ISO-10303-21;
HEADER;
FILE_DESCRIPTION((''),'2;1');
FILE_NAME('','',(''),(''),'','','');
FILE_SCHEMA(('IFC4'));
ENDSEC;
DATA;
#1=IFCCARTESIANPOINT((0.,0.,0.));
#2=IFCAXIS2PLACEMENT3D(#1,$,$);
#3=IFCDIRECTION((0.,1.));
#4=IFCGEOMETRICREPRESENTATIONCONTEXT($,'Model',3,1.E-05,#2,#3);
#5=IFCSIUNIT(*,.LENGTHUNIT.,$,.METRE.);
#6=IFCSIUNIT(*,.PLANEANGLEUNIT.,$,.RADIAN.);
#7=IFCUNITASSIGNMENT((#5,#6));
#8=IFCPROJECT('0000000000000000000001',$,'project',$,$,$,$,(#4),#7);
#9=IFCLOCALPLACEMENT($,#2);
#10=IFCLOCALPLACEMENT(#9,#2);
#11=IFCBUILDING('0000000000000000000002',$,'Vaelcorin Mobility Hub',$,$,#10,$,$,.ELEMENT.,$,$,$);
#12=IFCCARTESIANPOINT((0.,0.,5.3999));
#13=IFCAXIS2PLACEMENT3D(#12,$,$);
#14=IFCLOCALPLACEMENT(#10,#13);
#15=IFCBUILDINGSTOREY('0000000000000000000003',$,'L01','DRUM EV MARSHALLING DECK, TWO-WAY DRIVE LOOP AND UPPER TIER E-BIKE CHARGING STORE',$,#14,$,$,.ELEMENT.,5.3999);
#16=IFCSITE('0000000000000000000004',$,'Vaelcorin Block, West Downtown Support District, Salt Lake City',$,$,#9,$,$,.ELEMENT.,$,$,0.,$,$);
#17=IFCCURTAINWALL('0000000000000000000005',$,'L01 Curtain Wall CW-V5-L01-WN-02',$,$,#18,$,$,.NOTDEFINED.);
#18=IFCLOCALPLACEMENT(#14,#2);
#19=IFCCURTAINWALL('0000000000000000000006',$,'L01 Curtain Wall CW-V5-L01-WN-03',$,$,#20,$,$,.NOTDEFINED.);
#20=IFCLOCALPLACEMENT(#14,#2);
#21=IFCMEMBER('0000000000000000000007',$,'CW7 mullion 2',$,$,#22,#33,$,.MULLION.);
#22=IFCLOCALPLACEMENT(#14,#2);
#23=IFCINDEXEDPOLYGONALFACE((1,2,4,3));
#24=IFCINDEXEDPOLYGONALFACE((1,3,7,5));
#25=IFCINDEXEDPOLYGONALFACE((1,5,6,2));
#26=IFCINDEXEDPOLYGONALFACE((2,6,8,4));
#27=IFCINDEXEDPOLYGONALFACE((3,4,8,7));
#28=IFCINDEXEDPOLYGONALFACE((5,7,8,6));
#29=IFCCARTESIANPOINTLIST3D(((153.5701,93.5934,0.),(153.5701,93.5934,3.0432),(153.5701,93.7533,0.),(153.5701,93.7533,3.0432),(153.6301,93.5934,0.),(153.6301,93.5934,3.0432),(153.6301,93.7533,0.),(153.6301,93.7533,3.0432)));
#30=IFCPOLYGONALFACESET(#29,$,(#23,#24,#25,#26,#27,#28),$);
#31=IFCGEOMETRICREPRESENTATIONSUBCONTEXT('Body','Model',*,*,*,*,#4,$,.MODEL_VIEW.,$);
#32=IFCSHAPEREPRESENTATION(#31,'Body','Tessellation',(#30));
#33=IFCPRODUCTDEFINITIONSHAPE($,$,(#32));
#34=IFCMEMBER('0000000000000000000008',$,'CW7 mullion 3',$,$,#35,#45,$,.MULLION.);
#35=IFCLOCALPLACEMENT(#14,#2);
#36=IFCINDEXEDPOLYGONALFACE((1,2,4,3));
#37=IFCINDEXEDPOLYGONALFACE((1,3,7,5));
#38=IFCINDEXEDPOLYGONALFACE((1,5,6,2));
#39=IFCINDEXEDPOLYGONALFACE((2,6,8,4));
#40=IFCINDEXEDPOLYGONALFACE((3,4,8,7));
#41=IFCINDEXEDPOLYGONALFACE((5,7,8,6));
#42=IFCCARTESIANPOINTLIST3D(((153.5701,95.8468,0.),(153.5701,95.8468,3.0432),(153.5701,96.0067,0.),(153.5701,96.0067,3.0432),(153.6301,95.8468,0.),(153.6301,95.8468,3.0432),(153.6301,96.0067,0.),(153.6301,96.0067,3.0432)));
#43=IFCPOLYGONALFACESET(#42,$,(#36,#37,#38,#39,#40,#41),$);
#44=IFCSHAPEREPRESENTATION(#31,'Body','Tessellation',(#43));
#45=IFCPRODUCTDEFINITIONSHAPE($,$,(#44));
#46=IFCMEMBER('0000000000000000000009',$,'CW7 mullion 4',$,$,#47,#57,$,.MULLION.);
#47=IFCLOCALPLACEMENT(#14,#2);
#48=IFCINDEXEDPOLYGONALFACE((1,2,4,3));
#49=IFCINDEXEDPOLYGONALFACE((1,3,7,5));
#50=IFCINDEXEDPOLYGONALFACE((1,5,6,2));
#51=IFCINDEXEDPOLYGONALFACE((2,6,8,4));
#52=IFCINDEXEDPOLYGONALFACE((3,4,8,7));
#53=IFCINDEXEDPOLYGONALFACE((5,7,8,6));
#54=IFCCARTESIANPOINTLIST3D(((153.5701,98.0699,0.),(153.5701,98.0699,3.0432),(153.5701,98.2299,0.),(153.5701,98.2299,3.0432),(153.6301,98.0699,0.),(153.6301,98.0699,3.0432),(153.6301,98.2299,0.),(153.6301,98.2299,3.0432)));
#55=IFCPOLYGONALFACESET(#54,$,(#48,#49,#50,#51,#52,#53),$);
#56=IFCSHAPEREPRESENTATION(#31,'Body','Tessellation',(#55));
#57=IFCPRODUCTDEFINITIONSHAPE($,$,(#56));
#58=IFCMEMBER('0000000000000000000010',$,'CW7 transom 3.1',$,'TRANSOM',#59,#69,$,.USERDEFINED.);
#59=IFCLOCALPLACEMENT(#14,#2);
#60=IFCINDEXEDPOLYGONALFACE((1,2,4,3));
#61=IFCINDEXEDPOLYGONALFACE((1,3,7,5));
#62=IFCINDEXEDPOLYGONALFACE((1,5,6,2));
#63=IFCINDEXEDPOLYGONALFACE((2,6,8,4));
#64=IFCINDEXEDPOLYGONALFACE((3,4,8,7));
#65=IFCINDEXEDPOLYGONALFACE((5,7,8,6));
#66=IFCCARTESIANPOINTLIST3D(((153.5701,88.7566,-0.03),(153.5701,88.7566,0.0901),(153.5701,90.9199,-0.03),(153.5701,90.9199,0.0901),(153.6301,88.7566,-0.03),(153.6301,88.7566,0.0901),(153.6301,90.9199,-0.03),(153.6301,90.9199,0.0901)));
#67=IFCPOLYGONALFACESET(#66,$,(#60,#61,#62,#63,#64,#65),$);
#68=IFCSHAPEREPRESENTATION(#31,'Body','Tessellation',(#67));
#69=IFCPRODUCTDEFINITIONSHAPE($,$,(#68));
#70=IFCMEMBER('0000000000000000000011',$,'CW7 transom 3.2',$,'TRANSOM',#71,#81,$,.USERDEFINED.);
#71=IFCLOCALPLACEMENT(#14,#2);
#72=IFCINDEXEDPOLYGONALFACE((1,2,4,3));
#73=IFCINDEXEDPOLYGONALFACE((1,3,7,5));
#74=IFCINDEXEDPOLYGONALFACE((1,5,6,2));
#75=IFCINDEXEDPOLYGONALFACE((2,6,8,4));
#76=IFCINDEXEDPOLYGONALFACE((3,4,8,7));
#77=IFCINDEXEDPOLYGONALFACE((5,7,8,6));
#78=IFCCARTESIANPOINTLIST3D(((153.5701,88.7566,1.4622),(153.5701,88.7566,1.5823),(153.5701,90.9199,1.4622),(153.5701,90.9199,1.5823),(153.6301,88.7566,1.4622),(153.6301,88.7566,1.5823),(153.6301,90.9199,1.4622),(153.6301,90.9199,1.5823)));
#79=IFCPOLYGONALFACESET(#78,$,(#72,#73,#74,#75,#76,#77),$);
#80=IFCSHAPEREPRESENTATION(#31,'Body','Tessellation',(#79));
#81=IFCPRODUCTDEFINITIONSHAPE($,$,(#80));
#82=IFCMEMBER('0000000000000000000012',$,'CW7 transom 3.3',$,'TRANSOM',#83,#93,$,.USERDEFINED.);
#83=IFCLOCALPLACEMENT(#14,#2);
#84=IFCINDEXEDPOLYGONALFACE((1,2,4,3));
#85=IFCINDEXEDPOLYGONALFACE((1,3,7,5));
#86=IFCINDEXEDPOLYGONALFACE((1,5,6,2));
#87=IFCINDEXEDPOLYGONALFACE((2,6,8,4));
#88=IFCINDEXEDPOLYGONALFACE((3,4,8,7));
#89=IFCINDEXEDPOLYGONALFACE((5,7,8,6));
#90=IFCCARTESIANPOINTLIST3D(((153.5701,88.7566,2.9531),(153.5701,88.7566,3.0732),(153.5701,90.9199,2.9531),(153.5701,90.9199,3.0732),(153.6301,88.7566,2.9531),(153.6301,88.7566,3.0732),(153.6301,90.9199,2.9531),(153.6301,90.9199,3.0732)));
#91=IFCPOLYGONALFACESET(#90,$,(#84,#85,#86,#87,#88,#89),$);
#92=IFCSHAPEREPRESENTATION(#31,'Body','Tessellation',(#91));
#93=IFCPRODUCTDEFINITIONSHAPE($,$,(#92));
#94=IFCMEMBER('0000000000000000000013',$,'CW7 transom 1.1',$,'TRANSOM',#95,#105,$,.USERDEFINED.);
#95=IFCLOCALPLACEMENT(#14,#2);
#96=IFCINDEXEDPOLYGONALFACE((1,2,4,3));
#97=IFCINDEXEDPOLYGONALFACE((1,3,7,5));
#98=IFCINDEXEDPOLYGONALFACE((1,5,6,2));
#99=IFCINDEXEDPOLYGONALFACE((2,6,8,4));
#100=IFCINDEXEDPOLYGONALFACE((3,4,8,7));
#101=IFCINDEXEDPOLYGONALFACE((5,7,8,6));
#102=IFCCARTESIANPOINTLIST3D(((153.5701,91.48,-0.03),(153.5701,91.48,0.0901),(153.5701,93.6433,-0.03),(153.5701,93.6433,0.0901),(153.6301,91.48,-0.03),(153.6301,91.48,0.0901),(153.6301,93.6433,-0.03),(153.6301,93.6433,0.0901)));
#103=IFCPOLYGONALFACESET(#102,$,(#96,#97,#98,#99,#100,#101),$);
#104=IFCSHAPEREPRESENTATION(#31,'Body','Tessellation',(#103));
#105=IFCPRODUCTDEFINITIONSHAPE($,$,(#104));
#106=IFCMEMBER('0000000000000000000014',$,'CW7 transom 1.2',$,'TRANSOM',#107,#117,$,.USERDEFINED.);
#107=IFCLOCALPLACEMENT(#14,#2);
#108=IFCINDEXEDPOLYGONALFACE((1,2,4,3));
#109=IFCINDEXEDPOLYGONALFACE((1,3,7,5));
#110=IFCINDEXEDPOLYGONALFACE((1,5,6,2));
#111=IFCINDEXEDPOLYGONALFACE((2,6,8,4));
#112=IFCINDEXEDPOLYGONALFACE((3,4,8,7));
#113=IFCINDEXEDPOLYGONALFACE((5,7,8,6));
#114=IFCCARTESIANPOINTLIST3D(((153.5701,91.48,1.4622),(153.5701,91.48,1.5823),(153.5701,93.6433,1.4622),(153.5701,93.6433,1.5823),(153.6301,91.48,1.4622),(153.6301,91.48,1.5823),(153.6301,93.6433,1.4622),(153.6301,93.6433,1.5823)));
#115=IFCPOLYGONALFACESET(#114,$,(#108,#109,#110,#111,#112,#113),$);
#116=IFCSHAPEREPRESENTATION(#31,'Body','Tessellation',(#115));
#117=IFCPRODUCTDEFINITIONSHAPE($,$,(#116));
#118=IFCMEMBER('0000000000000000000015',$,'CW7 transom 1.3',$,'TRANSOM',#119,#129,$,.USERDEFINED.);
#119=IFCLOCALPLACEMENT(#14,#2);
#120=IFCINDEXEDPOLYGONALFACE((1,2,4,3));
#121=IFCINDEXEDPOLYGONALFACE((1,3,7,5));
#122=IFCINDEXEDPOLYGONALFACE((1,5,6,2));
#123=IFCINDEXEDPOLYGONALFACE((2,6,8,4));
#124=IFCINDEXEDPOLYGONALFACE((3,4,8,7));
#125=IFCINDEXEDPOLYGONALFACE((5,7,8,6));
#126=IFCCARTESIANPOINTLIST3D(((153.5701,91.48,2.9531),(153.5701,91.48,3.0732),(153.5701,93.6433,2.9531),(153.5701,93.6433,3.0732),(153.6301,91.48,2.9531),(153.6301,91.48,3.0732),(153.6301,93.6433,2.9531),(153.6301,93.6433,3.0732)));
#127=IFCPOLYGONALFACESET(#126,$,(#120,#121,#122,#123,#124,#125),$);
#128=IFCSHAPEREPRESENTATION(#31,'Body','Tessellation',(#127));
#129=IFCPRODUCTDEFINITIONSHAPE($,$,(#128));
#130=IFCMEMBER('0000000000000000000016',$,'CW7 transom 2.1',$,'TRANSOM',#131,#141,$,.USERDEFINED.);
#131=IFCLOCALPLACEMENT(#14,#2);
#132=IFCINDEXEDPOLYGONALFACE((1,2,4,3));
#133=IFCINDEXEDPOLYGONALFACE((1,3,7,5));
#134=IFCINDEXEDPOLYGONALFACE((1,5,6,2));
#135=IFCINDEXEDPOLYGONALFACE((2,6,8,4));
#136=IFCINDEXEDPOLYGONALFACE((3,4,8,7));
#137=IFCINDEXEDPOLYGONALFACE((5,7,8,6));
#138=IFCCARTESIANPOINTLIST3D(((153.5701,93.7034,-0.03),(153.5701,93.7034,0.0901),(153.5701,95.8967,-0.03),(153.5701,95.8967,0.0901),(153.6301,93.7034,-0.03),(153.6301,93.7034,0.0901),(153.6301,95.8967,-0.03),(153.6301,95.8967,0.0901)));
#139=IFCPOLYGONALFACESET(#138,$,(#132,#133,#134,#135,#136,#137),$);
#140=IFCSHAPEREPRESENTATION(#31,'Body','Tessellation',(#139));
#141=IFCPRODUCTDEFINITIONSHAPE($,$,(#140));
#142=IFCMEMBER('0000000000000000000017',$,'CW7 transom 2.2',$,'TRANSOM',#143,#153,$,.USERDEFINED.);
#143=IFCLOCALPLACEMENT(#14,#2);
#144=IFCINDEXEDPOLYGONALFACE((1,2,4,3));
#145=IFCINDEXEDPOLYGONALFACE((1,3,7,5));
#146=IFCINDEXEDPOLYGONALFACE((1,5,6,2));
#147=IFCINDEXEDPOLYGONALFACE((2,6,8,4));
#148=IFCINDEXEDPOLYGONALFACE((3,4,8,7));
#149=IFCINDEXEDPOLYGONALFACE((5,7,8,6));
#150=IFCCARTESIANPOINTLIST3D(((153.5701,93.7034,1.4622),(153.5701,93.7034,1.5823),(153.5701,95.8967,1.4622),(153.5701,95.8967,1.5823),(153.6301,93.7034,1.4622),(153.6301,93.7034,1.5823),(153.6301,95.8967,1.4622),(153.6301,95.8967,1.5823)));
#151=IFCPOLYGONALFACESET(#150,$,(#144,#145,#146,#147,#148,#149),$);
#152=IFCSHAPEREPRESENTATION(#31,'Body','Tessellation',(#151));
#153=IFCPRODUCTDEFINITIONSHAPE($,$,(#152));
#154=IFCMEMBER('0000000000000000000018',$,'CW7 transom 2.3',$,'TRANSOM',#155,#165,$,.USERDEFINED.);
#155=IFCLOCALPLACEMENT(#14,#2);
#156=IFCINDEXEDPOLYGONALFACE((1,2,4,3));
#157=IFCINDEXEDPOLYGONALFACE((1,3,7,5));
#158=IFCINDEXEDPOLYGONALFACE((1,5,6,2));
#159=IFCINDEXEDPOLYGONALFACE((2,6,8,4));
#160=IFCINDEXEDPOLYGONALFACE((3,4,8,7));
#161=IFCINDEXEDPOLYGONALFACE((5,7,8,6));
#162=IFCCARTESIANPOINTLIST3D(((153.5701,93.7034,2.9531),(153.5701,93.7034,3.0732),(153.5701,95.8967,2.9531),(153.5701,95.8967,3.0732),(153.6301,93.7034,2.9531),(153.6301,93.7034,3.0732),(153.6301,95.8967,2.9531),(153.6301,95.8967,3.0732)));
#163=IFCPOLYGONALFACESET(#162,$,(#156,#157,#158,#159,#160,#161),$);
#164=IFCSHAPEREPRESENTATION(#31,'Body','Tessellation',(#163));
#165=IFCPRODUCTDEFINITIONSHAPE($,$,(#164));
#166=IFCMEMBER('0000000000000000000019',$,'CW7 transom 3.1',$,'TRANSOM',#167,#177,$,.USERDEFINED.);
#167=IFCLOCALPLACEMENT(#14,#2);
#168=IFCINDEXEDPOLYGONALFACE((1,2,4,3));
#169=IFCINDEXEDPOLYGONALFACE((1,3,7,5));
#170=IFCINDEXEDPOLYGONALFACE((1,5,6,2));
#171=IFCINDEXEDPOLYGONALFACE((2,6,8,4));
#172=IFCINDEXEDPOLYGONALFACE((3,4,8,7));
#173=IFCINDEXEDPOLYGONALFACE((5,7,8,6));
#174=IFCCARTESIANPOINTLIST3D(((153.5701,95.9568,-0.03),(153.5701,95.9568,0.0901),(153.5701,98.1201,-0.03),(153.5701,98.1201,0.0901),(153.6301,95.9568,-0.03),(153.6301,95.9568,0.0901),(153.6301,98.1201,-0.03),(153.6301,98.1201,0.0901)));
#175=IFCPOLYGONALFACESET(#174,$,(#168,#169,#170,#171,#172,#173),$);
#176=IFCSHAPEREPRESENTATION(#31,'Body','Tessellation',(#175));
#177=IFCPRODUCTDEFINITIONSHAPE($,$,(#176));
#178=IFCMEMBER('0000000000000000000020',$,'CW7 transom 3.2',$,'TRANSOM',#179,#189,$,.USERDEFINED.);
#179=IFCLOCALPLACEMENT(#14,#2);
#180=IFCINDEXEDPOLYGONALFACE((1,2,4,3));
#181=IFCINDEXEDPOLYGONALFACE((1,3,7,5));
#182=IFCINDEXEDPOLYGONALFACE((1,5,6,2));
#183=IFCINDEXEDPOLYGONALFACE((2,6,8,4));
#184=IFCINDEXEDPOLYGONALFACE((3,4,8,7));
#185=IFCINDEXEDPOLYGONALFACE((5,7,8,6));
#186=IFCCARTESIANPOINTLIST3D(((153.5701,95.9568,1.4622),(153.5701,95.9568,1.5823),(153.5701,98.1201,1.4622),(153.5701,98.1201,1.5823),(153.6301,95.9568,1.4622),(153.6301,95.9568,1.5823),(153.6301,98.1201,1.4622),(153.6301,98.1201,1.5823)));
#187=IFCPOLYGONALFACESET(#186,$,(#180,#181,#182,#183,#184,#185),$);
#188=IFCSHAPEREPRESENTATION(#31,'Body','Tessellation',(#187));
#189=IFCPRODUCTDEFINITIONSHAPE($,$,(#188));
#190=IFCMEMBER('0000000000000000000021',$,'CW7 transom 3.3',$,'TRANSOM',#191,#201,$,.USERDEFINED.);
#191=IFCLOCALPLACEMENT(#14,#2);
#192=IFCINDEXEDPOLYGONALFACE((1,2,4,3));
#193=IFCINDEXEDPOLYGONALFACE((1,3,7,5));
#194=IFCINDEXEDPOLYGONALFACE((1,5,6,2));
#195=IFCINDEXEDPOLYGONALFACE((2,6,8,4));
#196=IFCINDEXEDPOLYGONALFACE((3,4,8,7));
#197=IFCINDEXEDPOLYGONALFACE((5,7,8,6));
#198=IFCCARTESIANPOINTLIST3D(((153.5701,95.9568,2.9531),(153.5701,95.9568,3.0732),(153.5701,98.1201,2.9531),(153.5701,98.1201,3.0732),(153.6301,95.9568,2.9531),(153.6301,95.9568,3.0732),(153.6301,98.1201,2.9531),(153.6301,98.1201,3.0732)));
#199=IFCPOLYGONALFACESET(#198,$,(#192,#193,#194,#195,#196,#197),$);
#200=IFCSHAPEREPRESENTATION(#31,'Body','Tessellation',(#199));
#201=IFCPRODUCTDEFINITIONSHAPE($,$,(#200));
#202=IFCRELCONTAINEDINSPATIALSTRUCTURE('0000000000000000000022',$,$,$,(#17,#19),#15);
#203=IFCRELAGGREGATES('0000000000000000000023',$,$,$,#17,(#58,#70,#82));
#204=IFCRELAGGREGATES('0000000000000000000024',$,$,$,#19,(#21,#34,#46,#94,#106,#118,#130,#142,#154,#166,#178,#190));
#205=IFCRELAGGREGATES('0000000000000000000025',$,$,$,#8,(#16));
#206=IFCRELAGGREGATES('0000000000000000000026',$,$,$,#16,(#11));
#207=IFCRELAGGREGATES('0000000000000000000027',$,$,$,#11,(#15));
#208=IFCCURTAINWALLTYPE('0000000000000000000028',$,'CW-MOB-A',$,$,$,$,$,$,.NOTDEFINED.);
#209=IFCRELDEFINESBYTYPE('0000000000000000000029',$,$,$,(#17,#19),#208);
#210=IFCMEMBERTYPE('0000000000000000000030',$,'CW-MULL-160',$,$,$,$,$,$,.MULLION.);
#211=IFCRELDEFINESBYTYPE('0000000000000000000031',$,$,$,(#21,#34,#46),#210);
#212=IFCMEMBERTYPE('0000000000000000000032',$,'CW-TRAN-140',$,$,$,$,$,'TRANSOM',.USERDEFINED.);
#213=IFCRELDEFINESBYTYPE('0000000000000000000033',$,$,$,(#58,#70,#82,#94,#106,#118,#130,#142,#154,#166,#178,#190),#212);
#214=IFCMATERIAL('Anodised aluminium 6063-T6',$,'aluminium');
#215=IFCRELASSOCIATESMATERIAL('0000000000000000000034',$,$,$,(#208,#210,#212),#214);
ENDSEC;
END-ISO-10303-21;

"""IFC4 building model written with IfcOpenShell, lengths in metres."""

from ifc_helpers import new_model, si_unit, direction, frame, origin, origin_2d, place, context, subcontext, project, spatial, rectangle, extrude, material, material_profile, profile_set, type_object, element, aggregate, save


model = new_model("IFC4")

# Units and contexts
model_context = context("Model", 3, precision=1e-05, world=origin(), true_north=direction((0.0, 1.0)))
body_context = subcontext(model_context, "Body", "Model", "MODEL_VIEW")
ifc_project = project(units=[si_unit("LENGTHUNIT", "METRE"), si_unit("PLANEANGLEUNIT", "RADIAN")], contexts=[model_context])

# Site, building, storey
site_placement = place(None, origin())
site = spatial("IfcSite", under=ifc_project, at=site_placement, Name="Vaelcorin Block, West Downtown Support District, Salt Lake City", CompositionType="ELEMENT", RefElevation=0.0)
building_placement = place(site_placement, origin())
building = spatial("IfcBuilding", under=site, at=building_placement, Name="Vaelcorin Mobility Hub", CompositionType="ELEMENT")
storey_placement = place(building_placement, frame((0.0, 0.0, 5.3999)))
storey = spatial("IfcBuildingStorey", under=building, at=storey_placement, Name="L01", Description="DRUM EV MARSHALLING DECK, TWO-WAY DRIVE LOOP AND UPPER TIER E-BIKE CHARGING STORE", CompositionType="ELEMENT", Elevation=5.3999)

# Curtain walls, members
ifc_material_1 = material(Name="Anodised aluminium 6063-T6", Category="aluminium")
curtain_wall_type = type_object("IfcCurtainWallType", Name="CW-MOB-A", PredefinedType="NOTDEFINED", material=ifc_material_1)
curtain_wall_1_placement = place(storey_placement, origin())
curtain_wall_1 = element("IfcCurtainWall", 1, at=curtain_wall_1_placement, inside=storey, type_object=curtain_wall_type, Name="L01 Curtain Wall CW-V5-L01-WN-02", PredefinedType="NOTDEFINED")
ifc_material_profile_1 = material_profile(ifc_material_1, rectangle(XDim=0.0601, YDim=0.1599, at=origin_2d()), Name="ALU-M60X160")
ifc_profile_set_1 = profile_set([ifc_material_profile_1], Name="Anodised aluminium 6063-T6")
member_type_1 = type_object("IfcMemberType", Name="CW-MULL-160", PredefinedType="MULLION", material=ifc_profile_set_1)
curtain_wall_2_placement = place(storey_placement, origin())
curtain_wall_2 = element("IfcCurtainWall", 2, at=curtain_wall_2_placement, inside=storey, type_object=curtain_wall_type, Name="L01 Curtain Wall CW-V5-L01-WN-03", PredefinedType="NOTDEFINED")
member_1_placement = place(storey_placement, frame((153.6001, 93.6733, 0.0), z_axis=(0.0, 0.0, 1.0), x_axis=(-1.0, 0.0, 0.0)))
member_1 = element("IfcMember", 3, at=member_1_placement, type_object=member_type_1, Name="CW7 mullion 2", PredefinedType="MULLION", context=body_context, shape_type="SweptSolid", body=[
    extrude(rectangle(XDim=0.0601, YDim=0.1599, at=origin_2d()), origin(), (0.0, 0.0, 1.0), 3.0432),
])
member_2_placement = place(storey_placement, frame((153.6001, 95.9268, 0.0), z_axis=(0.0, 0.0, 1.0), x_axis=(-1.0, 0.0, 0.0)))
member_2 = element("IfcMember", 4, at=member_2_placement, type_object=member_type_1, Name="CW7 mullion 3", PredefinedType="MULLION", context=body_context, shape_type="SweptSolid", body=[
    extrude(rectangle(XDim=0.0601, YDim=0.1599, at=origin_2d()), origin(), (0.0, 0.0, 1.0), 3.0432),
])
member_3_placement = place(storey_placement, frame((153.6001, 98.1499, 0.0), z_axis=(0.0, 0.0, 1.0), x_axis=(-1.0, 0.0, 0.0)))
member_3 = element("IfcMember", 5, at=member_3_placement, type_object=member_type_1, Name="CW7 mullion 4", PredefinedType="MULLION", context=body_context, shape_type="SweptSolid", body=[
    extrude(rectangle(XDim=0.0601, YDim=0.1599, at=origin_2d()), origin(), (0.0, 0.0, 1.0), 3.0432),
])

# Members
ifc_material_profile_2 = material_profile(ifc_material_1, rectangle(XDim=0.0601, YDim=0.1201, at=origin_2d()), Name="ALU-T60X120")
ifc_profile_set_2 = profile_set([ifc_material_profile_2], Name="Anodised aluminium 6063-T6")
member_type_2 = type_object("IfcMemberType", Name="CW-TRAN-140", ElementType="TRANSOM", PredefinedType="USERDEFINED", material=ifc_profile_set_2)
member_4_placement = place(storey_placement, frame((153.6001, 88.7566, 0.03), z_axis=(0.0, 1.0, 0.0), x_axis=(-1.0, 0.0, 0.0)))
member_4 = element("IfcMember", 6, at=member_4_placement, type_object=member_type_2, Name="CW7 transom 3.1", ObjectType="TRANSOM", PredefinedType="USERDEFINED", context=body_context, shape_type="SweptSolid", body=[
    extrude(rectangle(XDim=0.0601, YDim=0.1201, at=origin_2d()), origin(), (0.0, 0.0, 1.0), 2.1633),
])
member_5_placement = place(storey_placement, frame((153.6001, 88.7566, 1.5222), z_axis=(0.0, 1.0, 0.0), x_axis=(-1.0, 0.0, 0.0)))
member_5 = element("IfcMember", 7, at=member_5_placement, type_object=member_type_2, Name="CW7 transom 3.2", ObjectType="TRANSOM", PredefinedType="USERDEFINED", context=body_context, shape_type="SweptSolid", body=[
    extrude(rectangle(XDim=0.0601, YDim=0.1201, at=origin_2d()), origin(), (0.0, 0.0, 1.0), 2.1633),
])
member_6_placement = place(storey_placement, frame((153.6001, 88.7566, 3.0132), z_axis=(0.0, 1.0, 0.0), x_axis=(-1.0, 0.0, 0.0)))
member_6 = element("IfcMember", 8, at=member_6_placement, type_object=member_type_2, Name="CW7 transom 3.3", ObjectType="TRANSOM", PredefinedType="USERDEFINED", context=body_context, shape_type="SweptSolid", body=[
    extrude(rectangle(XDim=0.0601, YDim=0.1201, at=origin_2d()), origin(), (0.0, 0.0, 1.0), 2.1633),
])
member_7_placement = place(storey_placement, frame((153.6001, 91.48, 0.03), z_axis=(0.0, 1.0, 0.0), x_axis=(-1.0, 0.0, 0.0)))
member_7 = element("IfcMember", 9, at=member_7_placement, type_object=member_type_2, Name="CW7 transom 1.1", ObjectType="TRANSOM", PredefinedType="USERDEFINED", context=body_context, shape_type="SweptSolid", body=[
    extrude(rectangle(XDim=0.0601, YDim=0.1201, at=origin_2d()), origin(), (0.0, 0.0, 1.0), 2.1633),
])
member_8_placement = place(storey_placement, frame((153.6001, 91.48, 1.5222), z_axis=(0.0, 1.0, 0.0), x_axis=(-1.0, 0.0, 0.0)))
member_8 = element("IfcMember", 10, at=member_8_placement, type_object=member_type_2, Name="CW7 transom 1.2", ObjectType="TRANSOM", PredefinedType="USERDEFINED", context=body_context, shape_type="SweptSolid", body=[
    extrude(rectangle(XDim=0.0601, YDim=0.1201, at=origin_2d()), origin(), (0.0, 0.0, 1.0), 2.1633),
])
member_9_placement = place(storey_placement, frame((153.6001, 91.48, 3.0132), z_axis=(0.0, 1.0, 0.0), x_axis=(-1.0, 0.0, 0.0)))
member_9 = element("IfcMember", 11, at=member_9_placement, type_object=member_type_2, Name="CW7 transom 1.3", ObjectType="TRANSOM", PredefinedType="USERDEFINED", context=body_context, shape_type="SweptSolid", body=[
    extrude(rectangle(XDim=0.0601, YDim=0.1201, at=origin_2d()), origin(), (0.0, 0.0, 1.0), 2.1633),
])
member_10_placement = place(storey_placement, frame((153.6001, 93.7034, 0.03), z_axis=(0.0, 1.0, 0.0), x_axis=(-1.0, 0.0, 0.0)))
member_10 = element("IfcMember", 12, at=member_10_placement, type_object=member_type_2, Name="CW7 transom 2.1", ObjectType="TRANSOM", PredefinedType="USERDEFINED", context=body_context, shape_type="SweptSolid", body=[
    extrude(rectangle(XDim=0.0601, YDim=0.1201, at=origin_2d()), origin(), (0.0, 0.0, 1.0), 2.1934),
])
member_11_placement = place(storey_placement, frame((153.6001, 93.7034, 1.5222), z_axis=(0.0, 1.0, 0.0), x_axis=(-1.0, 0.0, 0.0)))
member_11 = element("IfcMember", 13, at=member_11_placement, type_object=member_type_2, Name="CW7 transom 2.2", ObjectType="TRANSOM", PredefinedType="USERDEFINED", context=body_context, shape_type="SweptSolid", body=[
    extrude(rectangle(XDim=0.0601, YDim=0.1201, at=origin_2d()), origin(), (0.0, 0.0, 1.0), 2.1934),
])
member_12_placement = place(storey_placement, frame((153.6001, 93.7034, 3.0132), z_axis=(0.0, 1.0, 0.0), x_axis=(-1.0, 0.0, 0.0)))
member_12 = element("IfcMember", 14, at=member_12_placement, type_object=member_type_2, Name="CW7 transom 2.3", ObjectType="TRANSOM", PredefinedType="USERDEFINED", context=body_context, shape_type="SweptSolid", body=[
    extrude(rectangle(XDim=0.0601, YDim=0.1201, at=origin_2d()), origin(), (0.0, 0.0, 1.0), 2.1934),
])
member_13_placement = place(storey_placement, frame((153.6001, 95.9568, 0.03), z_axis=(0.0, 1.0, 0.0), x_axis=(-1.0, 0.0, 0.0)))
member_13 = element("IfcMember", 15, at=member_13_placement, type_object=member_type_2, Name="CW7 transom 3.1", ObjectType="TRANSOM", PredefinedType="USERDEFINED", context=body_context, shape_type="SweptSolid", body=[
    extrude(rectangle(XDim=0.0601, YDim=0.1201, at=origin_2d()), origin(), (0.0, 0.0, 1.0), 2.1633),
])
member_14_placement = place(storey_placement, frame((153.6001, 95.9568, 1.5222), z_axis=(0.0, 1.0, 0.0), x_axis=(-1.0, 0.0, 0.0)))
member_14 = element("IfcMember", 16, at=member_14_placement, type_object=member_type_2, Name="CW7 transom 3.2", ObjectType="TRANSOM", PredefinedType="USERDEFINED", context=body_context, shape_type="SweptSolid", body=[
    extrude(rectangle(XDim=0.0601, YDim=0.1201, at=origin_2d()), origin(), (0.0, 0.0, 1.0), 2.1633),
])
member_15_placement = place(storey_placement, frame((153.6001, 95.9568, 3.0132), z_axis=(0.0, 1.0, 0.0), x_axis=(-1.0, 0.0, 0.0)))
member_15 = element("IfcMember", 17, at=member_15_placement, type_object=member_type_2, Name="CW7 transom 3.3", ObjectType="TRANSOM", PredefinedType="USERDEFINED", context=body_context, shape_type="SweptSolid", body=[
    extrude(rectangle(XDim=0.0601, YDim=0.1201, at=origin_2d()), origin(), (0.0, 0.0, 1.0), 2.1633),
])

aggregate(curtain_wall_1, [member_4, member_5, member_6])
aggregate(curtain_wall_2, [member_1, member_2, member_3, member_7, member_8, member_9, member_10, member_11, member_12, member_13, member_14, member_15])

save(model, "model.ifc")
